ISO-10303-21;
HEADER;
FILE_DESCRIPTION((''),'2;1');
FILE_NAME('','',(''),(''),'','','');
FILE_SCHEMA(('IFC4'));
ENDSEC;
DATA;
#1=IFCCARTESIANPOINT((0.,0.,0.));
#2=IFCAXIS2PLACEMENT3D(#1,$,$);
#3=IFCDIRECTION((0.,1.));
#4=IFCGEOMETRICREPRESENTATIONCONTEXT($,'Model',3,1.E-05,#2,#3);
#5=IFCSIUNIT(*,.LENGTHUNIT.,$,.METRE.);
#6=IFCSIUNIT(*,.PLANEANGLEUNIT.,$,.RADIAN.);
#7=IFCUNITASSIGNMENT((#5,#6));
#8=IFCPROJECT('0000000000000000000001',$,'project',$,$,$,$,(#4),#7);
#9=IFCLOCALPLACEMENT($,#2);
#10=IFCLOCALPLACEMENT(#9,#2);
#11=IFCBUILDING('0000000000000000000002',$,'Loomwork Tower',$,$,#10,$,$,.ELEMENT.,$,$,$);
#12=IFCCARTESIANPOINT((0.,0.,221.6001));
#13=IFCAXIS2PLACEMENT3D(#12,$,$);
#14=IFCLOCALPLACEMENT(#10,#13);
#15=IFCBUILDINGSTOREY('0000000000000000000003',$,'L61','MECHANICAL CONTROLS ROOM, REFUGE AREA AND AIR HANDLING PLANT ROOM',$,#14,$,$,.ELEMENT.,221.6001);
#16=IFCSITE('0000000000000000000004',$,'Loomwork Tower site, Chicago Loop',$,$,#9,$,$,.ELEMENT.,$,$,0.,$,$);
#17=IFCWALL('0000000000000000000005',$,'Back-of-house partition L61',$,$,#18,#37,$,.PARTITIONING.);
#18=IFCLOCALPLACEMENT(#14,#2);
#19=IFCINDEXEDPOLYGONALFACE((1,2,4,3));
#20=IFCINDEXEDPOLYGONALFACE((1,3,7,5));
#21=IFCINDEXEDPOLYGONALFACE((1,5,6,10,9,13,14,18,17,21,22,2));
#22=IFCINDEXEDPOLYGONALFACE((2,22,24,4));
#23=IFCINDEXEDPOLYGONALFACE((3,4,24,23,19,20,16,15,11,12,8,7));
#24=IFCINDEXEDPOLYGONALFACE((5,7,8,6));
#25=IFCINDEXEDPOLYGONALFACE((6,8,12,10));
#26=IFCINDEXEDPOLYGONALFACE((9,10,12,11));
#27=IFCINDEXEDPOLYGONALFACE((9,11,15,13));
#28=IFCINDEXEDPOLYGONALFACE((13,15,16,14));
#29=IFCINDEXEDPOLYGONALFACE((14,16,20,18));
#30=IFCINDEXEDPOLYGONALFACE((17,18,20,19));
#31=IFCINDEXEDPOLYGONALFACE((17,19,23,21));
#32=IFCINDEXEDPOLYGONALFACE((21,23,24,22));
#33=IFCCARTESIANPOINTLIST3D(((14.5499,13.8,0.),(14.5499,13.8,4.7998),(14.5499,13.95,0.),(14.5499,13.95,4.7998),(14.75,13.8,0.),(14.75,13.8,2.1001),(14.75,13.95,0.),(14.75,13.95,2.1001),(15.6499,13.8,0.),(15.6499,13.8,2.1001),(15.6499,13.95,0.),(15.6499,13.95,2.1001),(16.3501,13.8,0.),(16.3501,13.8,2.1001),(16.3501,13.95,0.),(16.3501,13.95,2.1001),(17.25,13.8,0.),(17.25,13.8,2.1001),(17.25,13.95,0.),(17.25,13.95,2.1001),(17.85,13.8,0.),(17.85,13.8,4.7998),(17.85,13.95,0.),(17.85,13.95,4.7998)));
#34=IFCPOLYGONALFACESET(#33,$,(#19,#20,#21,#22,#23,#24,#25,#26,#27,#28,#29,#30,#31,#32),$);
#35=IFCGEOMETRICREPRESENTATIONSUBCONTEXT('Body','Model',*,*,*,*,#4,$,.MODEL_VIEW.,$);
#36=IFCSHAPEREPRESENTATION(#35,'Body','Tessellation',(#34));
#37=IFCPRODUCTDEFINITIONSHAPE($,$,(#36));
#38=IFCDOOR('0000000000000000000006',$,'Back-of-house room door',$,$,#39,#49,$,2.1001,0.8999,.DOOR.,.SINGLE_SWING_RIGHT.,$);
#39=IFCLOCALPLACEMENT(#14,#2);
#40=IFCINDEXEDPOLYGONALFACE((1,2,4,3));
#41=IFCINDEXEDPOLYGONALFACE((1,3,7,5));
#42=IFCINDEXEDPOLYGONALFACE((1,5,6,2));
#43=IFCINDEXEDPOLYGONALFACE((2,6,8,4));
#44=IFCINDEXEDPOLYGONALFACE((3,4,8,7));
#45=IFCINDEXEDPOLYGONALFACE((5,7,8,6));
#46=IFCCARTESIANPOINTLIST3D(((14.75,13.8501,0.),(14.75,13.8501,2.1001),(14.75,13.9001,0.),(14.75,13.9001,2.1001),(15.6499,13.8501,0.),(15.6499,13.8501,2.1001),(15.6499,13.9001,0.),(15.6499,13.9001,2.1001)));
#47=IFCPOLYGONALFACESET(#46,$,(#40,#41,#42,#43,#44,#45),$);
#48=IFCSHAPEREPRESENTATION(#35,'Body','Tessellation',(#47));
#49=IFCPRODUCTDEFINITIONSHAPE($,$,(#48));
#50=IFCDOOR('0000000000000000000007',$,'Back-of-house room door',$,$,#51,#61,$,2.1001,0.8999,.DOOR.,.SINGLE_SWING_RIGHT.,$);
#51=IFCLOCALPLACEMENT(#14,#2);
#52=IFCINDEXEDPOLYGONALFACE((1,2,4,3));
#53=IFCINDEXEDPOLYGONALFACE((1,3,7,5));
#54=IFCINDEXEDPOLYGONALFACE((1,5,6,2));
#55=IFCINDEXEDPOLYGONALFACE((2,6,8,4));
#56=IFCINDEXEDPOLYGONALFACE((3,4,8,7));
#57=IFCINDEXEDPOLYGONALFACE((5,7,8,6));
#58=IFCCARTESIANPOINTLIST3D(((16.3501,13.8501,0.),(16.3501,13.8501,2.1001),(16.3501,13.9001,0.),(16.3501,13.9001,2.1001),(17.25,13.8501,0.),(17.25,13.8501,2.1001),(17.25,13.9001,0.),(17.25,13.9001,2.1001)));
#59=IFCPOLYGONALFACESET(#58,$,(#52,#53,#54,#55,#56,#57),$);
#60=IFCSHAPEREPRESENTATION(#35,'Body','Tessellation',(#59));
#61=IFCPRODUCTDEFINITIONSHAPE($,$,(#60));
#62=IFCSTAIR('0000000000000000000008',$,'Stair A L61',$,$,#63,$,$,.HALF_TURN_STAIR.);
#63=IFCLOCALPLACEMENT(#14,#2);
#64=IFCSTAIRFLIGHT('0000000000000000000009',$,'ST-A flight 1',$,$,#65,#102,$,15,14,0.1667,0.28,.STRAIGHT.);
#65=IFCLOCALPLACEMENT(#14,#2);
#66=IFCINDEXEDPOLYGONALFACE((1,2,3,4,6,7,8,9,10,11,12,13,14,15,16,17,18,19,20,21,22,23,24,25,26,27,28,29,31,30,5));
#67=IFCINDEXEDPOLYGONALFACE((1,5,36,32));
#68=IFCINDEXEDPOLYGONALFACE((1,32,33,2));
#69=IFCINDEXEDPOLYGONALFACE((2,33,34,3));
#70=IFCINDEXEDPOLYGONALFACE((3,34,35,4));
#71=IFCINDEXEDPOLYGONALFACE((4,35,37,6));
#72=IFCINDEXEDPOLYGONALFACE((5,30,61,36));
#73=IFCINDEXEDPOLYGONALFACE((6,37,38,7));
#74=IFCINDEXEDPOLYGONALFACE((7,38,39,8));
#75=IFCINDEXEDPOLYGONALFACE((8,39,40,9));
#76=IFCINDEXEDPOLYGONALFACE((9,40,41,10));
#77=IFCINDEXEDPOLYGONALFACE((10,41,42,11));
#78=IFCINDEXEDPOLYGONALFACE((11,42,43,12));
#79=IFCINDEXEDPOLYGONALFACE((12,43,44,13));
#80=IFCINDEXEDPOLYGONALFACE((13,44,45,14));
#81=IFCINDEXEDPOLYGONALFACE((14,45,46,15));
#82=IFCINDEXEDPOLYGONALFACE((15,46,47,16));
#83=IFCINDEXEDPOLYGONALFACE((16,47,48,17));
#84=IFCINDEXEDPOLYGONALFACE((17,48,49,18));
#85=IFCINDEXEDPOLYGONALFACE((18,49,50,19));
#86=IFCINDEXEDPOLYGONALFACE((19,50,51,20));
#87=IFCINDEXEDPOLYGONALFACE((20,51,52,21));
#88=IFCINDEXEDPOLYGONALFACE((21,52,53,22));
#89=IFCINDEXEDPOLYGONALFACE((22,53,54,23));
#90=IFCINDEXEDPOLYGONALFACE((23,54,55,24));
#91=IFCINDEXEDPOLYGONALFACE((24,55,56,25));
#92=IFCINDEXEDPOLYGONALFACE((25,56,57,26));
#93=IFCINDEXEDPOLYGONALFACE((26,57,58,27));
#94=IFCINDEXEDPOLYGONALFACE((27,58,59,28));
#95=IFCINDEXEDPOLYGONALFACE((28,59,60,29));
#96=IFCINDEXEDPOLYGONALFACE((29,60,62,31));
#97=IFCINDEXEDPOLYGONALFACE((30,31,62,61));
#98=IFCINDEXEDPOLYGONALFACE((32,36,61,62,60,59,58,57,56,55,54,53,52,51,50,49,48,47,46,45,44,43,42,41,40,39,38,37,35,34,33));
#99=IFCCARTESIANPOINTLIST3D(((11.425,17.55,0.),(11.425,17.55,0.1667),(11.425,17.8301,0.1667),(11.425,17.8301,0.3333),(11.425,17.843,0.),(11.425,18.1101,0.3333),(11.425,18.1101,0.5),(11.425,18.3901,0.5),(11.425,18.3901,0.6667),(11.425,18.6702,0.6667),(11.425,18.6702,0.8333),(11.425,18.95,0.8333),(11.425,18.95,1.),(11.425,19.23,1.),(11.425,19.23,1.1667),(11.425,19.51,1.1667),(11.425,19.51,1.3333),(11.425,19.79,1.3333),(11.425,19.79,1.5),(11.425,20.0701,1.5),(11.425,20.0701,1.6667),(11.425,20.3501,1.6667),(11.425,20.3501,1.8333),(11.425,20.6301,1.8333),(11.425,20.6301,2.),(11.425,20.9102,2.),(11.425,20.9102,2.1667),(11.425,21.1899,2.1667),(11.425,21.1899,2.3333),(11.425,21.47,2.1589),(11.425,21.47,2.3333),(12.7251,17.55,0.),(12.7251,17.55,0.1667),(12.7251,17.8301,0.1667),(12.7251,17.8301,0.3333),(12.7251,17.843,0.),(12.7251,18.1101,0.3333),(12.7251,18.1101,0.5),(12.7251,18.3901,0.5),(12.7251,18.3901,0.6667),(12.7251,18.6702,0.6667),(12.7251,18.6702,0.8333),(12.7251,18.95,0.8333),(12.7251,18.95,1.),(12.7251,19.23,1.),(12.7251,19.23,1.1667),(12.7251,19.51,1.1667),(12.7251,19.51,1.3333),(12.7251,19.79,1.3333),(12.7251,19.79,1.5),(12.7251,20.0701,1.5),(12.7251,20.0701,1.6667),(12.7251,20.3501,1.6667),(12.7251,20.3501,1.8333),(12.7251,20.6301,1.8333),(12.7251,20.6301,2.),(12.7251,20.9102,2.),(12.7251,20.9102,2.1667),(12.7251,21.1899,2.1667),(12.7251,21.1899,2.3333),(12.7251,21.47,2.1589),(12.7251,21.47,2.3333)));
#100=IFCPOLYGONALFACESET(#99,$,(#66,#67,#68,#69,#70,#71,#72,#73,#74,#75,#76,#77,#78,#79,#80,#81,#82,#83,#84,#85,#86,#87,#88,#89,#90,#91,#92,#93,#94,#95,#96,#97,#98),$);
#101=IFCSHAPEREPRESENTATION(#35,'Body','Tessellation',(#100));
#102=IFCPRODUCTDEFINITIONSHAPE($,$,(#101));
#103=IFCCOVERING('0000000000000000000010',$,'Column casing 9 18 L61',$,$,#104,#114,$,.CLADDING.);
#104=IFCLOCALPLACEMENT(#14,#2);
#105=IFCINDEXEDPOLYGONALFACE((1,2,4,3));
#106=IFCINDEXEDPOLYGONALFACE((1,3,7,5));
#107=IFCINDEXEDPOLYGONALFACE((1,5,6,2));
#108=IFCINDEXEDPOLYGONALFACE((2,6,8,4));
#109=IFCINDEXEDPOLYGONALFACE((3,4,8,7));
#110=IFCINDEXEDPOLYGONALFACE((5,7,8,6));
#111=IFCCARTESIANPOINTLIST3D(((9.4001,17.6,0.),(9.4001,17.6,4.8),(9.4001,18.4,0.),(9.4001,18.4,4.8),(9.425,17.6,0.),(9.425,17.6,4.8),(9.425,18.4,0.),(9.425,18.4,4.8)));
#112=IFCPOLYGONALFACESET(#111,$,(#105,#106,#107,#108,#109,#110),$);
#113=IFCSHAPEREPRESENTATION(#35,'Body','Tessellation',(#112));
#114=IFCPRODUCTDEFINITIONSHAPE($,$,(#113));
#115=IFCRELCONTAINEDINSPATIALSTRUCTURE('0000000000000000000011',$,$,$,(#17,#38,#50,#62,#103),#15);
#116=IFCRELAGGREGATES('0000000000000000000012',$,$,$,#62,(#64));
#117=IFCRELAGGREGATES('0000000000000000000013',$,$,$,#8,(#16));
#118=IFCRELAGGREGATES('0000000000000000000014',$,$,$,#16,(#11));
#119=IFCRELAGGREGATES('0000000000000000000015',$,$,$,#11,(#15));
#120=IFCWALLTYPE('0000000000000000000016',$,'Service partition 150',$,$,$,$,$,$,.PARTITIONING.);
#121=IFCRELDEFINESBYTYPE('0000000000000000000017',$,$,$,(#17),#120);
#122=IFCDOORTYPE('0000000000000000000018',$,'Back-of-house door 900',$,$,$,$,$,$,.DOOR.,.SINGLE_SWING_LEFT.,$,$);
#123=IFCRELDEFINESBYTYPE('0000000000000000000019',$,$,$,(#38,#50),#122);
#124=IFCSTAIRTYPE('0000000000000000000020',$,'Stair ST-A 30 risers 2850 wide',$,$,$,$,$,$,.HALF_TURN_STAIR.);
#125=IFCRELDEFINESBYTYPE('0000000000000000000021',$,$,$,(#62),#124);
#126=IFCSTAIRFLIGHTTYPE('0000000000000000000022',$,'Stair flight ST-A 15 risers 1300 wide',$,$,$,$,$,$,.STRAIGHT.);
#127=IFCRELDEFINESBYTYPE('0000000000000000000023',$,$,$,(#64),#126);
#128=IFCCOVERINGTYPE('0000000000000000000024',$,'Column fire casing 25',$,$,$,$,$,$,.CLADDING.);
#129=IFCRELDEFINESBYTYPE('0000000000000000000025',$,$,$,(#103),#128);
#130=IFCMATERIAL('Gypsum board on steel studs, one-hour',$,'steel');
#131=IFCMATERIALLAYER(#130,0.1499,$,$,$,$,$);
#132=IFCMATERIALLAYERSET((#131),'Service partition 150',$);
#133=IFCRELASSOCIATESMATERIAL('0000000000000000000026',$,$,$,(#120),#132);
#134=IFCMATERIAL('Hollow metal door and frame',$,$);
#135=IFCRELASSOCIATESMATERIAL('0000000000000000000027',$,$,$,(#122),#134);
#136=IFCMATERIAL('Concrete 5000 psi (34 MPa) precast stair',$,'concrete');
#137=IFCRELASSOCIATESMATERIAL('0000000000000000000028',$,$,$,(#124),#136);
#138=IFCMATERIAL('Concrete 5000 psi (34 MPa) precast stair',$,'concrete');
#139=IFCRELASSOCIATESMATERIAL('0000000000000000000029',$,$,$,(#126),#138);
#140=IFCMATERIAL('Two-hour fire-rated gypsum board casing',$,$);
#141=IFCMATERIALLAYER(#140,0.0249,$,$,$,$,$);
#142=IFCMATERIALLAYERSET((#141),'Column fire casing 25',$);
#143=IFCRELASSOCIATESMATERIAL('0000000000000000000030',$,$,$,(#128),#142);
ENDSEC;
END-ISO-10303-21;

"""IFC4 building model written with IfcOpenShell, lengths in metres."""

from ifc_helpers import new_model, si_unit, direction, frame, frame_2d, origin, origin_2d, place, context, subcontext, project, spatial, polyline, rectangle, outline, extrude, material, layer, layer_set, type_object, element, fill, aggregate, save


model = new_model("IFC4")

# Units and contexts
model_context = context("Model", 3, precision=1e-05, world=origin(), true_north=direction((0.0, 1.0)))
body_context = subcontext(model_context, "Body", "Model", "MODEL_VIEW")
ifc_project = project(units=[si_unit("LENGTHUNIT", "METRE"), si_unit("PLANEANGLEUNIT", "RADIAN")], contexts=[model_context])

# Site, building, storey
site_placement = place(None, origin())
site = spatial("IfcSite", under=ifc_project, at=site_placement, Name="Loomwork Tower site, Chicago Loop", CompositionType="ELEMENT", RefElevation=0.0)
building_placement = place(site_placement, origin())
building = spatial("IfcBuilding", under=site, at=building_placement, Name="Loomwork Tower", CompositionType="ELEMENT")
storey_placement = place(building_placement, frame((0.0, 0.0, 221.6001)))
storey = spatial("IfcBuildingStorey", under=building, at=storey_placement, Name="L61", Description="MECHANICAL CONTROLS ROOM, REFUGE AREA AND AIR HANDLING PLANT ROOM", CompositionType="ELEMENT", Elevation=221.6001)

# Shared definitions
ifc_material_1 = material(Name="Gypsum board on steel studs, one-hour", Category="steel")
ifc_layer_1 = layer(ifc_material_1, 0.1499)
ifc_layer_set_1 = layer_set([ifc_layer_1], Name="Service partition 150")
wall_type_1 = type_object("IfcWallType", Name="Service partition 150", PredefinedType="PARTITIONING", material=ifc_layer_set_1)

# Wall, openings, doors
wall_1_placement = place(storey_placement, frame((14.55, 13.875, 0.0), z_axis=(0.0, 0.0, 1.0), x_axis=(1.0, 0.0, 0.0)))
wall_1 = element("IfcWall", 1, at=wall_1_placement, inside=storey, type_object=wall_type_1, Name="Back-of-house partition L61", PredefinedType="PARTITIONING", context=body_context, shape_type="SweptSolid", body=[
    extrude(rectangle(XDim=3.3, YDim=0.1499, at=frame_2d((1.6499, 0.0))), origin(), (0.0, 0.0, 1.0), 4.7998),
])
opening_1_placement = place(wall_1_placement, frame((0.2, 0.0, 0.0)))
opening_1 = element("IfcOpeningElement", 2, at=opening_1_placement, cuts=wall_1, PredefinedType="OPENING", context=body_context, shape_type="SweptSolid", body=[
    extrude(rectangle(XDim=0.8999, YDim=2.1001, at=frame_2d((0.45, 1.05))), frame((0.0, 0.085, 0.0), z_axis=(0.0, -1.0, 0.0), x_axis=(1.0, 0.0, 0.0)), (0.0, 0.0, 1.0), 0.1699),
])
opening_2_placement = place(wall_1_placement, frame((1.8, 0.0, 0.0)))
opening_2 = element("IfcOpeningElement", 3, at=opening_2_placement, cuts=wall_1, PredefinedType="OPENING", context=body_context, shape_type="SweptSolid", body=[
    extrude(rectangle(XDim=0.8999, YDim=2.1001, at=frame_2d((0.45, 1.05))), frame((0.0, 0.085, 0.0), z_axis=(0.0, -1.0, 0.0), x_axis=(1.0, 0.0, 0.0)), (0.0, 0.0, 1.0), 0.1699),
])
ifc_material_2 = material(Name="Hollow metal door and frame")
door_type_1 = type_object("IfcDoorType", Name="Back-of-house door 900", OperationType="SINGLE_SWING_LEFT", PredefinedType="DOOR", material=ifc_material_2)
door_1_placement = place(opening_1_placement, frame((0.8999, 0.0, 0.0), z_axis=(0.0, 0.0, 1.0), x_axis=(-1.0, 0.0, 0.0)))
door_1 = element("IfcDoor", 4, at=door_1_placement, inside=storey, type_object=door_type_1, Name="Back-of-house room door", OperationType="SINGLE_SWING_RIGHT", OverallHeight=2.1001, OverallWidth=0.8999, PredefinedType="DOOR", context=body_context, shape_type="SweptSolid", body=[
    extrude(rectangle(XDim=0.8999, YDim=2.1001, at=frame_2d((0.45, 1.05))), frame((0.0, 0.0249, 0.0), z_axis=(0.0, -1.0, 0.0), x_axis=(1.0, 0.0, 0.0)), (0.0, 0.0, 1.0), 0.05),
])
fill(opening_1, door_1)
door_2_placement = place(opening_2_placement, frame((0.8999, 0.0, 0.0), z_axis=(0.0, 0.0, 1.0), x_axis=(-1.0, 0.0, 0.0)))
door_2 = element("IfcDoor", 5, at=door_2_placement, inside=storey, type_object=door_type_1, Name="Back-of-house room door", OperationType="SINGLE_SWING_RIGHT", OverallHeight=2.1001, OverallWidth=0.8999, PredefinedType="DOOR", context=body_context, shape_type="SweptSolid", body=[
    extrude(rectangle(XDim=0.8999, YDim=2.1001, at=frame_2d((0.45, 1.05))), frame((0.0, 0.0249, 0.0), z_axis=(0.0, -1.0, 0.0), x_axis=(1.0, 0.0, 0.0)), (0.0, 0.0, 1.0), 0.05),
])
fill(opening_2, door_2)

# Stair, stair flight
ifc_material_3 = material(Name="Concrete 5000 psi (34 MPa) precast stair", Category="concrete")
stair_type = type_object("IfcStairType", Name="Stair ST-A 30 risers 2850 wide", PredefinedType="HALF_TURN_STAIR", material=ifc_material_3)
stair_placement = place(storey_placement, origin())
stair = element("IfcStair", 6, at=stair_placement, inside=storey, type_object=stair_type, Name="Stair A L61", PredefinedType="HALF_TURN_STAIR")
ifc_material_4 = material(Name="Concrete 5000 psi (34 MPa) precast stair", Category="concrete")
stair_flight_type = type_object("IfcStairFlightType", Name="Stair flight ST-A 15 risers 1300 wide", PredefinedType="STRAIGHT", material=ifc_material_4)
stair_flight_placement = place(storey_placement, frame((12.075, 17.55, 0.0), z_axis=(0.0, 0.0, 1.0), x_axis=(0.0, 1.0, 0.0)))
stair_flight = element("IfcStairFlight", 7, at=stair_flight_placement, type_object=stair_flight_type, Name="ST-A flight 1", NumberOfRisers=15, NumberOfTreads=14, PredefinedType="STRAIGHT", RiserHeight=0.1667, TreadLength=0.28, context=body_context, shape_type="SweptSolid", body=[
    extrude(outline(polyline([(0.0, 0.0), (0.0, 0.1667), (0.28, 0.1667), (0.28, 0.3333), (0.5601, 0.3333), (0.5601, 0.5), (0.8401, 0.5), (0.8401, 0.6667), (1.1201, 0.6667), (1.1201, 0.8333), (1.3999, 0.8333), (1.3999, 1.0), (1.6799, 1.0), (1.6799, 1.1667), (1.96, 1.1667), (1.96, 1.3333), (2.24, 1.3333), (2.24, 1.5), (2.52, 1.5), (2.52, 1.6667), (2.8, 1.6667), (2.8, 1.8333), (3.0801, 1.8333), (3.0801, 2.0), (3.3601, 2.0), (3.3601, 2.1667), (3.6399, 2.1667), (3.6399, 2.3333), (3.9199, 2.3333), (3.9199, 2.5), (3.9199, 2.1589), (0.293, 0.0), (0.0, 0.0)])), frame((0.0, 0.6499, 0.0), z_axis=(0.0, -1.0, 0.0), x_axis=(1.0, 0.0, 0.0)), (0.0, 0.0, 1.0), 1.3),
])
aggregate(stair, [stair_flight])

# Covering
ifc_material_5 = material(Name="Two-hour fire-rated gypsum board casing")
ifc_layer_2 = layer(ifc_material_5, 0.0249)
ifc_layer_set_2 = layer_set([ifc_layer_2], Name="Column fire casing 25")
covering_type = type_object("IfcCoveringType", Name="Column fire casing 25", PredefinedType="CLADDING", material=ifc_layer_set_2)
covering_placement = place(storey_placement, frame((9.4126, 18.0, 0.0), z_axis=(0.0, 0.0, 1.0), x_axis=(1.0, 0.0, 0.0)))
element("IfcCovering", 8, at=covering_placement, inside=storey, type_object=covering_type, Name="Column casing 9 18 L61", PredefinedType="CLADDING", context=body_context, shape_type="SweptSolid", body=[
    extrude(rectangle(XDim=0.0249, YDim=0.8, at=origin_2d()), origin(), (0.0, 0.0, 1.0), 4.8),
])

save(model, "model.ifc")
